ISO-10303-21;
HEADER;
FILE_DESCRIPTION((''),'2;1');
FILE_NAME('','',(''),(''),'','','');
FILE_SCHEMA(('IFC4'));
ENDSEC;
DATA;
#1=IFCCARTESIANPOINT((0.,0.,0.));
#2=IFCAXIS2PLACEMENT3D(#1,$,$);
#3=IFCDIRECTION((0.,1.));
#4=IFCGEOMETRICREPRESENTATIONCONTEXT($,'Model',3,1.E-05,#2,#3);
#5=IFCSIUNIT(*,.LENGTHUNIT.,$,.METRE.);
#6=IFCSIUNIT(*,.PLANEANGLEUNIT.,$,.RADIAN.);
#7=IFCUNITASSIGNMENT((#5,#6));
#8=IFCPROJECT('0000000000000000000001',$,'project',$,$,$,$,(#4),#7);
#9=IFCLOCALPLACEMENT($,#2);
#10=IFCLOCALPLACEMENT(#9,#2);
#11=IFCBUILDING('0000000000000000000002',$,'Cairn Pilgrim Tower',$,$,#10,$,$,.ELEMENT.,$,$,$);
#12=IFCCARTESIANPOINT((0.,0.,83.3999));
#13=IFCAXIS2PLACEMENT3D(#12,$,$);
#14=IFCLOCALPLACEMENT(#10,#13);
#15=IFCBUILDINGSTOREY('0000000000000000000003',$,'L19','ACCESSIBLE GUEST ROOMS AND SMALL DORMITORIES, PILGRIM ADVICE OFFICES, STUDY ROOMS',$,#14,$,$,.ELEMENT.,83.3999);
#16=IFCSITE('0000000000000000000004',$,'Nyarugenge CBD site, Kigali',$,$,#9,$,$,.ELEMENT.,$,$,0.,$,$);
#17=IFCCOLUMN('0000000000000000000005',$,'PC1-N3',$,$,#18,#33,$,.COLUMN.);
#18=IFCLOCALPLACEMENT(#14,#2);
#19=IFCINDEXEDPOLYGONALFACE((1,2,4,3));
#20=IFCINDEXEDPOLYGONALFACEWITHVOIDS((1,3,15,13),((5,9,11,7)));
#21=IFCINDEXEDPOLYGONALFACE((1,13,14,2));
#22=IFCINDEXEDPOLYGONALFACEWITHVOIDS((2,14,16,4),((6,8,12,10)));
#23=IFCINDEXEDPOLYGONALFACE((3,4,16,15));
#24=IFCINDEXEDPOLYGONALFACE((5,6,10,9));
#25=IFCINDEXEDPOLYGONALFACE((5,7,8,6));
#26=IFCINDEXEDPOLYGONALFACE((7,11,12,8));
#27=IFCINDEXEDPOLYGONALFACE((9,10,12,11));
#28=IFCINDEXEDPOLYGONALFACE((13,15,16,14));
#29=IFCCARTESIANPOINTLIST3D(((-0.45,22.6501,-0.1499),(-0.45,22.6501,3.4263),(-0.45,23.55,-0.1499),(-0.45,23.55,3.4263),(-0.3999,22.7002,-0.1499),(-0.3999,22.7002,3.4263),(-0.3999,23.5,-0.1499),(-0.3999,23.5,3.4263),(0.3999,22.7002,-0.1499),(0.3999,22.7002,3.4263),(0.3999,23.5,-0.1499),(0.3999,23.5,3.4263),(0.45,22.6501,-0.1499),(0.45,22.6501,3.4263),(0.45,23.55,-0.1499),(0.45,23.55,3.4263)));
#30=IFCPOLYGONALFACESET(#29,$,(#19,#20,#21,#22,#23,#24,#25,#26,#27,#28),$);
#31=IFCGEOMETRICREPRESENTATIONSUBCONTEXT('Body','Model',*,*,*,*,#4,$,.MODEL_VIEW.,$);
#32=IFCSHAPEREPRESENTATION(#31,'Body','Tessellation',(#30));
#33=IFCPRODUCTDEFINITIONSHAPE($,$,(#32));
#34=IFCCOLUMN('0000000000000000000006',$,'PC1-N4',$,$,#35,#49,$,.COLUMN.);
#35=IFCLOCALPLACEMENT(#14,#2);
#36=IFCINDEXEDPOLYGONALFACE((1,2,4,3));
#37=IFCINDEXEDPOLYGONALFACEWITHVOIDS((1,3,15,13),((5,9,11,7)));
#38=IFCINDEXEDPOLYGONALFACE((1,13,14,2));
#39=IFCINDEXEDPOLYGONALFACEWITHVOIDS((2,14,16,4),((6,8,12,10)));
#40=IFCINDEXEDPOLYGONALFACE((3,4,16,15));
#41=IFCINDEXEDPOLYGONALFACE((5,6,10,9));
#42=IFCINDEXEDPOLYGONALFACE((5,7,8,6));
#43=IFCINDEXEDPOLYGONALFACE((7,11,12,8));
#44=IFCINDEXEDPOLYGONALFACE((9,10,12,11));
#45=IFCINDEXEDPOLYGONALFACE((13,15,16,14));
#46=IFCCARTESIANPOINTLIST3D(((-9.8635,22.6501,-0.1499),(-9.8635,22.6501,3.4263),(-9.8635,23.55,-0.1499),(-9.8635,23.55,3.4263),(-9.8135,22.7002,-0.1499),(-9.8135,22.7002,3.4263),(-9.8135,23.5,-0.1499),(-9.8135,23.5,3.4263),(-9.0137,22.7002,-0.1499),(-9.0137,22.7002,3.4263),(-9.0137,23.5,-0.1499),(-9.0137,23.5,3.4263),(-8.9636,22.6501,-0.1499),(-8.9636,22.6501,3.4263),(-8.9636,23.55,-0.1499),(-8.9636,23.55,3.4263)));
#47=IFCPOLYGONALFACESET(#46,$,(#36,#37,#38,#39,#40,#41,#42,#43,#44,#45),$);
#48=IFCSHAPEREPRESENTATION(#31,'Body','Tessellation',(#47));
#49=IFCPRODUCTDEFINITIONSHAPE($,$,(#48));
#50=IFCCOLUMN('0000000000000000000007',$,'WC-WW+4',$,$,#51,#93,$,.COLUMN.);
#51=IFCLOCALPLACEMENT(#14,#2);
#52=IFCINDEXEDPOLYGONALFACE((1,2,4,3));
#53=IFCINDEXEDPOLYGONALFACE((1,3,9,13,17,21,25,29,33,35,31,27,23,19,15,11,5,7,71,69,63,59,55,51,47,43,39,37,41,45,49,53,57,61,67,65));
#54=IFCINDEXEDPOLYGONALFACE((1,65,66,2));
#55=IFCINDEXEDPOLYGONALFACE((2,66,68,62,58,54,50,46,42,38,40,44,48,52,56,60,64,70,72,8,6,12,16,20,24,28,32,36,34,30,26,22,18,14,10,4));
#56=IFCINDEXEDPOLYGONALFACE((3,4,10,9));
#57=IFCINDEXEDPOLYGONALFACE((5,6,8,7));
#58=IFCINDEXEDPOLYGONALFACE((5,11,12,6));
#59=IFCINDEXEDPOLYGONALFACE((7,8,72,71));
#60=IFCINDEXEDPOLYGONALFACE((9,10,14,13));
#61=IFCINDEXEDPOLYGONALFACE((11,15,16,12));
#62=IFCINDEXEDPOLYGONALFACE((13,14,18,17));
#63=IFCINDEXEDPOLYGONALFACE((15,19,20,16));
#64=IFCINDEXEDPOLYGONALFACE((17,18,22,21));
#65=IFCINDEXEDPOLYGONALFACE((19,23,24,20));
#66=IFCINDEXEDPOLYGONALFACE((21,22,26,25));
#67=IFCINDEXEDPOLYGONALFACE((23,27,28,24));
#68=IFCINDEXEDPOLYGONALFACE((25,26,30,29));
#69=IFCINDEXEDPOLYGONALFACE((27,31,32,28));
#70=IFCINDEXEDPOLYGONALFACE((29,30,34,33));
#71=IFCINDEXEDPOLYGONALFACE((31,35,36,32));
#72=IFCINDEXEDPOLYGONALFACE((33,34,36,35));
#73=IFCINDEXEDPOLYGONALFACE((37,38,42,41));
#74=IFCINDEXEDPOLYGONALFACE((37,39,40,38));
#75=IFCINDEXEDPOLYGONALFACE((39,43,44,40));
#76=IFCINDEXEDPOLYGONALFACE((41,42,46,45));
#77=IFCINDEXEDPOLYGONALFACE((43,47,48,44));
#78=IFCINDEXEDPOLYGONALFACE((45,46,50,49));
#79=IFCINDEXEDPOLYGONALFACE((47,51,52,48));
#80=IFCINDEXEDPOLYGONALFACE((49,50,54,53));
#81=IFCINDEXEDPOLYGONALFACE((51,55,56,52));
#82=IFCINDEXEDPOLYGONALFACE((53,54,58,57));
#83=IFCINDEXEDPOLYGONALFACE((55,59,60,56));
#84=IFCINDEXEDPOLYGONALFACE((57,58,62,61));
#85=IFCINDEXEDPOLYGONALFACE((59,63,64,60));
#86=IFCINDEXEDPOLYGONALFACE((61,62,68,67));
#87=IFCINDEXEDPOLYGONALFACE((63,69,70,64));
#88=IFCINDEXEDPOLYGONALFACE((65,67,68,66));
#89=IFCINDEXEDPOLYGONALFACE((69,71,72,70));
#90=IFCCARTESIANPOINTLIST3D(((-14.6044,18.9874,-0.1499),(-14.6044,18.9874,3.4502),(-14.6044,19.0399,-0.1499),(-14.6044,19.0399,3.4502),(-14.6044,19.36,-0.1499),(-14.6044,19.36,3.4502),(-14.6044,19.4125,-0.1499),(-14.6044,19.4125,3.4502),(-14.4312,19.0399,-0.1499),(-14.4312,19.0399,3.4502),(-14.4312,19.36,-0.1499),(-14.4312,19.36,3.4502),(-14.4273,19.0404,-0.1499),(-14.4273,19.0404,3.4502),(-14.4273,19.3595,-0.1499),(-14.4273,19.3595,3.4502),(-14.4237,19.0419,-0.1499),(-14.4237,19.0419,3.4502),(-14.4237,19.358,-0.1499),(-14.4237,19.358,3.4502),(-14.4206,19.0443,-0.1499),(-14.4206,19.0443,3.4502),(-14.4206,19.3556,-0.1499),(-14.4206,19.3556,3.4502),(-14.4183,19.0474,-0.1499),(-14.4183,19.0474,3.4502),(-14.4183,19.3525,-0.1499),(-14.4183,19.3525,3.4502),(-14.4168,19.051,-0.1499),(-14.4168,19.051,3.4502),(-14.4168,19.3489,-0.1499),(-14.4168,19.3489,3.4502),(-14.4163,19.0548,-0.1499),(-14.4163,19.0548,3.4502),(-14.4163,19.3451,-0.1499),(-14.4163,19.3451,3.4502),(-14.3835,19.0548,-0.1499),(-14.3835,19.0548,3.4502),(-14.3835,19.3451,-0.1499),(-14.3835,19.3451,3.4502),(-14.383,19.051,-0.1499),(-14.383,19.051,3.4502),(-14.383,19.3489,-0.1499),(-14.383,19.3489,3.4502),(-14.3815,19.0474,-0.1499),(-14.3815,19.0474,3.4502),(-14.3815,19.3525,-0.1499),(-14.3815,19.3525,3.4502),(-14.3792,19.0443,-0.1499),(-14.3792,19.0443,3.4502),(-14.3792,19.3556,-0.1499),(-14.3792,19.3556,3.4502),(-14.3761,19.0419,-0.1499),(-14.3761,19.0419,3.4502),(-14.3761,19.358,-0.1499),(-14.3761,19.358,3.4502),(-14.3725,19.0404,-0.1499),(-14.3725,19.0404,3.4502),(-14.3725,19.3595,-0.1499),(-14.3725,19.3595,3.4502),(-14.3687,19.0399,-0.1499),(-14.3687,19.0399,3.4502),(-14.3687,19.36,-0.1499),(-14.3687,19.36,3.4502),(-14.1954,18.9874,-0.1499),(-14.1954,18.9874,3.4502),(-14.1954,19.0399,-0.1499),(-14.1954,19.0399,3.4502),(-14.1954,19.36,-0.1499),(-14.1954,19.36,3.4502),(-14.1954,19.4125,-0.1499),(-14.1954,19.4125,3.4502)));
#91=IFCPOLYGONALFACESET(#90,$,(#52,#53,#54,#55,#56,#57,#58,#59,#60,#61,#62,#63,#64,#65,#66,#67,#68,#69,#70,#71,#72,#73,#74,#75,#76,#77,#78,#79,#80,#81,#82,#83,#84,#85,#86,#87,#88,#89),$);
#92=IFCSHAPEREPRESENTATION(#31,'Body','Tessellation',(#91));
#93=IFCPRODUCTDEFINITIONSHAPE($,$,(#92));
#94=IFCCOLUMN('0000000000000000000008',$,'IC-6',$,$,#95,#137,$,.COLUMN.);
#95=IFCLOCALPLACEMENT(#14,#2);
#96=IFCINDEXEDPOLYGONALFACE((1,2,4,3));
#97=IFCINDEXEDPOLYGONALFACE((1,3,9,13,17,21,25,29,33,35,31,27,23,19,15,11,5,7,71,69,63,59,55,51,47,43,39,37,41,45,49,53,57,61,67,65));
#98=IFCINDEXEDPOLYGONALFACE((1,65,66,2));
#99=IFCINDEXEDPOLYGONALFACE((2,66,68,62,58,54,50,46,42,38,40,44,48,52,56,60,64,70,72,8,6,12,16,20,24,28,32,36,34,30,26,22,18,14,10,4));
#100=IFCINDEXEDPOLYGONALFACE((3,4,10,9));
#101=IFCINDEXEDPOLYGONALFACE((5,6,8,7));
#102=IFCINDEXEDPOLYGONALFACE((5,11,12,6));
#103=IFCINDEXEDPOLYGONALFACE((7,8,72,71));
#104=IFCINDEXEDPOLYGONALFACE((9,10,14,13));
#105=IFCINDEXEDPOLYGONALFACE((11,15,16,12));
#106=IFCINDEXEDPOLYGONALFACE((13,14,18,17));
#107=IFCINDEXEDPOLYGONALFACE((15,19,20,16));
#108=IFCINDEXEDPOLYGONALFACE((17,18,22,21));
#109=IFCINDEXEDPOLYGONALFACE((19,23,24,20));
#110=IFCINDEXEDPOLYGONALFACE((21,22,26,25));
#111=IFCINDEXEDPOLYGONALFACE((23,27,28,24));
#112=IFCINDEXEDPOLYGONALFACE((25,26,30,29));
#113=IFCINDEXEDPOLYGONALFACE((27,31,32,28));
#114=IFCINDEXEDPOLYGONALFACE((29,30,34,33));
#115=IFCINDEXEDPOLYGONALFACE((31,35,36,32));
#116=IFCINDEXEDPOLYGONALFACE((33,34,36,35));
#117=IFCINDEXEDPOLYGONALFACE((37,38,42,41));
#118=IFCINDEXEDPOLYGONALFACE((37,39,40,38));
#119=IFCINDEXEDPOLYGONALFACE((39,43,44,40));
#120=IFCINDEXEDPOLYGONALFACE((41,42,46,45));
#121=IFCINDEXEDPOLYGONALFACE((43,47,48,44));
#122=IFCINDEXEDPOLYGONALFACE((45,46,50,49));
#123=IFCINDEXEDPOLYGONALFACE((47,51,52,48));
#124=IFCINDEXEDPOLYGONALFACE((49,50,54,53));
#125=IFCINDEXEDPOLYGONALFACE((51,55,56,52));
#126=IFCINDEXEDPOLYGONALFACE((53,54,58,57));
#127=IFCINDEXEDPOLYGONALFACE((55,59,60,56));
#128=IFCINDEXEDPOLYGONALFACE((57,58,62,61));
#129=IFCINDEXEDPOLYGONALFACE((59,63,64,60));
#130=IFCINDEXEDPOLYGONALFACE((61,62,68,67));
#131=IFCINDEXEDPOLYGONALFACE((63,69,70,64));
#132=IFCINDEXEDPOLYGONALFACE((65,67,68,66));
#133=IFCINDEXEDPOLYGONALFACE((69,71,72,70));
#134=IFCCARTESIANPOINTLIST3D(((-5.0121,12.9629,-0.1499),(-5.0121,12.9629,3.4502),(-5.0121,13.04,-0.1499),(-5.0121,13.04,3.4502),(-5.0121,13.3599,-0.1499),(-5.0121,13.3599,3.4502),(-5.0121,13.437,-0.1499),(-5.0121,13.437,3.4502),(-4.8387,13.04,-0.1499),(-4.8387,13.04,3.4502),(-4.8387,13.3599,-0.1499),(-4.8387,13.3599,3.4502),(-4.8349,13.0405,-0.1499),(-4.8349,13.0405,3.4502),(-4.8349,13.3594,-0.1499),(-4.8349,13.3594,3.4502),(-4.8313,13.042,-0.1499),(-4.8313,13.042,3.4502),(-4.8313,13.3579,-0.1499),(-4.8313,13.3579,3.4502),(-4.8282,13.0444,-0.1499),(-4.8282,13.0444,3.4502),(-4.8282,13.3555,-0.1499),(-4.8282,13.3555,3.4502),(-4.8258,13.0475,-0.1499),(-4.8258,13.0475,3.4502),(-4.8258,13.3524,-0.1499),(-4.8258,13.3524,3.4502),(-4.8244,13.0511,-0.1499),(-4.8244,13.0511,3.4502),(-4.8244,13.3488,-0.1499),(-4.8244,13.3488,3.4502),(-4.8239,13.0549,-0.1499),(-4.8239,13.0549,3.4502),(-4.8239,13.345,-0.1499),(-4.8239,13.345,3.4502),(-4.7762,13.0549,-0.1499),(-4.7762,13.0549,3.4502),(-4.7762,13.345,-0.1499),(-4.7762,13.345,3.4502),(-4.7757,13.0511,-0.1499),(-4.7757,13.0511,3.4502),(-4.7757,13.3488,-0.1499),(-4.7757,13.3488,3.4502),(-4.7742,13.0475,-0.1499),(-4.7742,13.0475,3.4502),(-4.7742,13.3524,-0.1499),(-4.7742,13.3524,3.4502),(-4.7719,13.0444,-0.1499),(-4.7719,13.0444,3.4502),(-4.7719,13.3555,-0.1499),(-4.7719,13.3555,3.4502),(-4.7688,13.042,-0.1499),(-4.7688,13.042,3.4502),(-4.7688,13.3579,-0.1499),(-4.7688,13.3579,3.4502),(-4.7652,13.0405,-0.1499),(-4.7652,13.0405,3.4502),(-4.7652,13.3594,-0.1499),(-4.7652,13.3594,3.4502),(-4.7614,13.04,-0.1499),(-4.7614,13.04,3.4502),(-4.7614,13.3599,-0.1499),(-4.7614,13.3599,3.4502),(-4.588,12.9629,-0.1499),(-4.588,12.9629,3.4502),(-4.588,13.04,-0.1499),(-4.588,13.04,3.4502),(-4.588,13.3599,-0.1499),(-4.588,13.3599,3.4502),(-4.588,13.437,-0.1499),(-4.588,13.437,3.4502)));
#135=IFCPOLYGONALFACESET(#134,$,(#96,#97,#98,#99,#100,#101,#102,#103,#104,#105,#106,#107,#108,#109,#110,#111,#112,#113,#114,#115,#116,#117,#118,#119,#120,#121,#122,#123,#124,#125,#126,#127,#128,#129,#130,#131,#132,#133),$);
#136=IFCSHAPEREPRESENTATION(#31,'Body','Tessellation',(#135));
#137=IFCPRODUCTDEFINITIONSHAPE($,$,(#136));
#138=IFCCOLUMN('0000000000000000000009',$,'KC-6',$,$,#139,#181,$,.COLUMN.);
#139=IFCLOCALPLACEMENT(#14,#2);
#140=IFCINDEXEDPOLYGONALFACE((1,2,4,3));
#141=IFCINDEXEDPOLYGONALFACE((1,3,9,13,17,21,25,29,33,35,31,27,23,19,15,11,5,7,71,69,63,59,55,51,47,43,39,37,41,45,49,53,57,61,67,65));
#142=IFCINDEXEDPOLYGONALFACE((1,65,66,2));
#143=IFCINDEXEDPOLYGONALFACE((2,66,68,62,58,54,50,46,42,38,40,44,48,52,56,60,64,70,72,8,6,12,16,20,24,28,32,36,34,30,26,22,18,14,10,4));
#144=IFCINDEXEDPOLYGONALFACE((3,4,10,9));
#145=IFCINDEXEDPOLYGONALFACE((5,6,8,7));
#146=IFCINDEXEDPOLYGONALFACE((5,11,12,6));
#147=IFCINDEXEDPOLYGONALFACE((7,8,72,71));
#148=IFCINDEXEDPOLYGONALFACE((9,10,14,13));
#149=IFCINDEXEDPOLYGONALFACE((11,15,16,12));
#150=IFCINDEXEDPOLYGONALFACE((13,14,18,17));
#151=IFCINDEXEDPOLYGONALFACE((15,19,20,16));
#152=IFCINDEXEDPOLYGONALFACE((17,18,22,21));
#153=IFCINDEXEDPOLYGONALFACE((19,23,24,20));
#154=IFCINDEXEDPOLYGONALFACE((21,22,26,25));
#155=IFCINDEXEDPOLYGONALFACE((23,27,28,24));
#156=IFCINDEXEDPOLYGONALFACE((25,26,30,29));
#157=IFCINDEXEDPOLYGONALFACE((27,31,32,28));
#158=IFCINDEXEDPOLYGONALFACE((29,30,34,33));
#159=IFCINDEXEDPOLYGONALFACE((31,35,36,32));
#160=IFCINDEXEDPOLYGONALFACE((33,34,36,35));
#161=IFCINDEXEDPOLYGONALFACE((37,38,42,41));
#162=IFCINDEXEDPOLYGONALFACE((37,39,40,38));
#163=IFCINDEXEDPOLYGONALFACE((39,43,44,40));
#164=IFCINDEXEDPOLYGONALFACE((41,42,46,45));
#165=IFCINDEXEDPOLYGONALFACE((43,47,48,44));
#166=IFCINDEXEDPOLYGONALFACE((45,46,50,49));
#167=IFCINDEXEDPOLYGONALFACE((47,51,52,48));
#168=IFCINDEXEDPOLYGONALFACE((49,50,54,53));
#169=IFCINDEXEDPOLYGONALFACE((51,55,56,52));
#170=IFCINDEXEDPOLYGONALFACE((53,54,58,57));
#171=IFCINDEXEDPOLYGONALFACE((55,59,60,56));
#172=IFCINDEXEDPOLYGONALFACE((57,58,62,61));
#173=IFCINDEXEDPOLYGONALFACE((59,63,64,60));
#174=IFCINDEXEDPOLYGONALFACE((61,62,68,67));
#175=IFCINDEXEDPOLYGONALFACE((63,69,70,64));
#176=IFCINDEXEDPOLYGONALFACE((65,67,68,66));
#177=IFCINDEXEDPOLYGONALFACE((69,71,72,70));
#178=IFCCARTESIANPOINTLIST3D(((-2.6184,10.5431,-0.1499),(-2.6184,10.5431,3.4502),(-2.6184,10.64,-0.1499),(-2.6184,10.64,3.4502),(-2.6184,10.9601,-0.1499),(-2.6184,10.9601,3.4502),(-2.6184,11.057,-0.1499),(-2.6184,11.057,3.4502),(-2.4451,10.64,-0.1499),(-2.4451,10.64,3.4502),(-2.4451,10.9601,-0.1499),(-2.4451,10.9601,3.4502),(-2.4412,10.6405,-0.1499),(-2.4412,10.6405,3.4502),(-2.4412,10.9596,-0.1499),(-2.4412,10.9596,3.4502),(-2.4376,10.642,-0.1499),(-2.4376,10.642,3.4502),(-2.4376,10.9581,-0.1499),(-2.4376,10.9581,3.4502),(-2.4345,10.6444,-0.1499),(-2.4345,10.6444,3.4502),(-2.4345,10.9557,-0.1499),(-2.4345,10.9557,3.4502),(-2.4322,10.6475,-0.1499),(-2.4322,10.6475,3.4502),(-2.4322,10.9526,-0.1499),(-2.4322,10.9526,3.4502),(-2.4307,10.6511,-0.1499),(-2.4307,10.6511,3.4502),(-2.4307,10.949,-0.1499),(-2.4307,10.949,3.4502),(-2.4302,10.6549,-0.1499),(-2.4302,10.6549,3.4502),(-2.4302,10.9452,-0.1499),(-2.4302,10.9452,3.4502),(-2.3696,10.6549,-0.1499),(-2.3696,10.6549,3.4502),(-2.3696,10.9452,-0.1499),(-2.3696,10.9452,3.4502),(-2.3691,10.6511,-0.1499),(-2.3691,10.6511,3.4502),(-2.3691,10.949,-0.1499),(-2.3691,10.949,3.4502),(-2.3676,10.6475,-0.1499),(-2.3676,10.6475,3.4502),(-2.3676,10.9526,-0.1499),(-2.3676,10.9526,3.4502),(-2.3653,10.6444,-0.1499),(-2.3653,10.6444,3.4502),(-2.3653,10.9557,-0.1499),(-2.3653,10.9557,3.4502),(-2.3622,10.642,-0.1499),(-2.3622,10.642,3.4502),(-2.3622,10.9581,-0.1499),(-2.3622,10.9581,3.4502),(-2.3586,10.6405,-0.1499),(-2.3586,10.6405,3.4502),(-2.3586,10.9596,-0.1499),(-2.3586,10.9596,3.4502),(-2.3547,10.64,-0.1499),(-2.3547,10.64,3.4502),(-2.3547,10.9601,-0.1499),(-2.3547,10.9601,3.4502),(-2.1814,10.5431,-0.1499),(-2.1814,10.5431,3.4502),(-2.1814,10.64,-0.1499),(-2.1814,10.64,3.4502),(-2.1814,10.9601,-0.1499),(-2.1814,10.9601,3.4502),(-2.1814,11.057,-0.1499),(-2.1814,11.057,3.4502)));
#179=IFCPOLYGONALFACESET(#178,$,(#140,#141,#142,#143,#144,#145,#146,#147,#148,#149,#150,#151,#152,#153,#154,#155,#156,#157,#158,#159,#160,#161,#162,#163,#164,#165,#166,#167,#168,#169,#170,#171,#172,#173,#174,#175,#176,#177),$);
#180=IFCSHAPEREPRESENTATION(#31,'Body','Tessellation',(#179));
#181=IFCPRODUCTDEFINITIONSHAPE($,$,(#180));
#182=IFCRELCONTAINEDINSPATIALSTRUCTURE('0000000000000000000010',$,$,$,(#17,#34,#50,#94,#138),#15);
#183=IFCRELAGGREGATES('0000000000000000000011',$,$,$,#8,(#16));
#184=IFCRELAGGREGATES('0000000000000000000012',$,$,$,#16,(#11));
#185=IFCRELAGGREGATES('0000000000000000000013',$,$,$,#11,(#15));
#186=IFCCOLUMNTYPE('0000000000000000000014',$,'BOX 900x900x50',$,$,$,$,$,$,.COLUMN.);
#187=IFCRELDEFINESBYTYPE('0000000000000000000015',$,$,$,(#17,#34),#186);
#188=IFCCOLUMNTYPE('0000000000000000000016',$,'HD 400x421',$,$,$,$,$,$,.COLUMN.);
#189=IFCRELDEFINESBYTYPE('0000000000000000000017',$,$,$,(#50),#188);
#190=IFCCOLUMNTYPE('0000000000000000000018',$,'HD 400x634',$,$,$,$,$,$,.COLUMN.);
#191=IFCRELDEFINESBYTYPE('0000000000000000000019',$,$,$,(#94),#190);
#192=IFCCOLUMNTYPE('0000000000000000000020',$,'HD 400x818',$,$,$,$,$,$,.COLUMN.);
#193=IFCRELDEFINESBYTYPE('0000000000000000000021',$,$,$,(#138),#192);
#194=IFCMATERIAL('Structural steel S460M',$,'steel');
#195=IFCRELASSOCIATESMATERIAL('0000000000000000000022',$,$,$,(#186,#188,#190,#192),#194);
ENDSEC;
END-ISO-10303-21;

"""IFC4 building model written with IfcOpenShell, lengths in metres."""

from ifc_helpers import new_model, si_unit, direction, frame, origin, origin_2d, place, context, subcontext, project, spatial, hollow_rectangle, i_section, extrude, clip, halfspace, material, material_profile, profile_set, type_object, element, save


model = new_model("IFC4")

# Units and contexts
model_context = context("Model", 3, precision=1e-05, world=origin(), true_north=direction((0.0, 1.0)))
body_context = subcontext(model_context, "Body", "Model", "MODEL_VIEW")
ifc_project = project(units=[si_unit("LENGTHUNIT", "METRE"), si_unit("PLANEANGLEUNIT", "RADIAN")], contexts=[model_context])

# Site, building, storey
site_placement = place(None, origin())
site = spatial("IfcSite", under=ifc_project, at=site_placement, Name="Nyarugenge CBD site, Kigali", CompositionType="ELEMENT", RefElevation=0.0)
building_placement = place(site_placement, origin())
building = spatial("IfcBuilding", under=site, at=building_placement, Name="Cairn Pilgrim Tower", CompositionType="ELEMENT")
storey_placement = place(building_placement, frame((0.0, 0.0, 83.3999)))
storey = spatial("IfcBuildingStorey", under=building, at=storey_placement, Name="L19", Description="ACCESSIBLE GUEST ROOMS AND SMALL DORMITORIES, PILGRIM ADVICE OFFICES, STUDY ROOMS", CompositionType="ELEMENT", Elevation=83.3999)

# Columns
ifc_material_1 = material(Name="Structural steel S460M", Category="steel")
ifc_material_profile_1 = material_profile(ifc_material_1, hollow_rectangle(XDim=0.8999, YDim=0.8999, WallThickness=0.05, at=origin_2d()), Name="BOX 900x900x50")
ifc_profile_set_1 = profile_set([ifc_material_profile_1], Name="Structural steel S460M")
column_type_1 = type_object("IfcColumnType", Name="BOX 900x900x50", PredefinedType="COLUMN", material=ifc_profile_set_1)
for number, where, z_axis, x_axis, name in (
    (1, (0.0, 23.1001, -0.1499), (0.0, 0.0, 1.0), (1.0, 0.0, 0.0), "PC1-N3"),
    (2, (-9.4136, 23.1001, -0.1499), (0.0, 0.0, 1.0), (1.0, 0.0, 0.0), "PC1-N4"),
):
    element("IfcColumn", number, at=place(storey_placement, frame(where, z_axis=z_axis, x_axis=x_axis)), inside=storey, type_object=column_type_1, Name=name, PredefinedType="COLUMN", context=body_context, shape_type="Clipping", body=[
        clip(extrude(hollow_rectangle(XDim=0.8999, YDim=0.8999, WallThickness=0.05, at=origin_2d()), origin(), (0.0, 0.0, 1.0), 3.6001), halfspace(frame((0.0, 0.0, 3.5762), z_axis=(0.0, 0.0, 1.0), x_axis=(1.0, 0.0, 0.0)), False)),
    ])
ifc_material_profile_2 = material_profile(ifc_material_1, i_section(OverallWidth=0.4089, OverallDepth=0.425, WebThickness=0.0327, FlangeThickness=0.0525, FilletRadius=0.0149, at=origin_2d()), Name="HD 400x421")
ifc_profile_set_2 = profile_set([ifc_material_profile_2], Name="Structural steel S460M")
column_type_2 = type_object("IfcColumnType", Name="HD 400x421", PredefinedType="COLUMN", material=ifc_profile_set_2)
column_1_placement = place(storey_placement, frame((-14.3999, 19.2, -0.1499), z_axis=(0.0, 0.0, 1.0), x_axis=(1.0, 0.0, 0.0)))
element("IfcColumn", 3, at=column_1_placement, inside=storey, type_object=column_type_2, Name="WC-WW+4", PredefinedType="COLUMN", context=body_context, shape_type="SweptSolid", body=[
    extrude(i_section(OverallWidth=0.4089, OverallDepth=0.425, WebThickness=0.0327, FlangeThickness=0.0525, FilletRadius=0.0149, at=origin_2d()), origin(), (0.0, 0.0, 1.0), 3.6001),
])
ifc_material_profile_3 = material_profile(ifc_material_1, i_section(OverallWidth=0.4241, OverallDepth=0.4741, WebThickness=0.0476, FlangeThickness=0.0771, FilletRadius=0.0149, at=origin_2d()), Name="HD 400x634")
ifc_profile_set_3 = profile_set([ifc_material_profile_3], Name="Structural steel S460M")
column_type_3 = type_object("IfcColumnType", Name="HD 400x634", PredefinedType="COLUMN", material=ifc_profile_set_3)
column_2_placement = place(storey_placement, frame((-4.8, 13.2, -0.1499), z_axis=(0.0, 0.0, 1.0), x_axis=(1.0, 0.0, 0.0)))
element("IfcColumn", 4, at=column_2_placement, inside=storey, type_object=column_type_3, Name="IC-6", PredefinedType="COLUMN", context=body_context, shape_type="SweptSolid", body=[
    extrude(i_section(OverallWidth=0.4241, OverallDepth=0.4741, WebThickness=0.0476, FlangeThickness=0.0771, FilletRadius=0.0149, at=origin_2d()), origin(), (0.0, 0.0, 1.0), 3.6001),
])
ifc_material_profile_4 = material_profile(ifc_material_1, i_section(OverallWidth=0.437, OverallDepth=0.5139, WebThickness=0.0605, FlangeThickness=0.0969, FilletRadius=0.0149, at=origin_2d()), Name="HD 400x818")
ifc_profile_set_4 = profile_set([ifc_material_profile_4], Name="Structural steel S460M")
column_type_4 = type_object("IfcColumnType", Name="HD 400x818", PredefinedType="COLUMN", material=ifc_profile_set_4)
column_3_placement = place(storey_placement, frame((-2.3999, 10.8, -0.1499), z_axis=(0.0, 0.0, 1.0), x_axis=(1.0, 0.0, 0.0)))
element("IfcColumn", 5, at=column_3_placement, inside=storey, type_object=column_type_4, Name="KC-6", PredefinedType="COLUMN", context=body_context, shape_type="SweptSolid", body=[
    extrude(i_section(OverallWidth=0.437, OverallDepth=0.5139, WebThickness=0.0605, FlangeThickness=0.0969, FilletRadius=0.0149, at=origin_2d()), origin(), (0.0, 0.0, 1.0), 3.6001),
])

save(model, "model.ifc")
